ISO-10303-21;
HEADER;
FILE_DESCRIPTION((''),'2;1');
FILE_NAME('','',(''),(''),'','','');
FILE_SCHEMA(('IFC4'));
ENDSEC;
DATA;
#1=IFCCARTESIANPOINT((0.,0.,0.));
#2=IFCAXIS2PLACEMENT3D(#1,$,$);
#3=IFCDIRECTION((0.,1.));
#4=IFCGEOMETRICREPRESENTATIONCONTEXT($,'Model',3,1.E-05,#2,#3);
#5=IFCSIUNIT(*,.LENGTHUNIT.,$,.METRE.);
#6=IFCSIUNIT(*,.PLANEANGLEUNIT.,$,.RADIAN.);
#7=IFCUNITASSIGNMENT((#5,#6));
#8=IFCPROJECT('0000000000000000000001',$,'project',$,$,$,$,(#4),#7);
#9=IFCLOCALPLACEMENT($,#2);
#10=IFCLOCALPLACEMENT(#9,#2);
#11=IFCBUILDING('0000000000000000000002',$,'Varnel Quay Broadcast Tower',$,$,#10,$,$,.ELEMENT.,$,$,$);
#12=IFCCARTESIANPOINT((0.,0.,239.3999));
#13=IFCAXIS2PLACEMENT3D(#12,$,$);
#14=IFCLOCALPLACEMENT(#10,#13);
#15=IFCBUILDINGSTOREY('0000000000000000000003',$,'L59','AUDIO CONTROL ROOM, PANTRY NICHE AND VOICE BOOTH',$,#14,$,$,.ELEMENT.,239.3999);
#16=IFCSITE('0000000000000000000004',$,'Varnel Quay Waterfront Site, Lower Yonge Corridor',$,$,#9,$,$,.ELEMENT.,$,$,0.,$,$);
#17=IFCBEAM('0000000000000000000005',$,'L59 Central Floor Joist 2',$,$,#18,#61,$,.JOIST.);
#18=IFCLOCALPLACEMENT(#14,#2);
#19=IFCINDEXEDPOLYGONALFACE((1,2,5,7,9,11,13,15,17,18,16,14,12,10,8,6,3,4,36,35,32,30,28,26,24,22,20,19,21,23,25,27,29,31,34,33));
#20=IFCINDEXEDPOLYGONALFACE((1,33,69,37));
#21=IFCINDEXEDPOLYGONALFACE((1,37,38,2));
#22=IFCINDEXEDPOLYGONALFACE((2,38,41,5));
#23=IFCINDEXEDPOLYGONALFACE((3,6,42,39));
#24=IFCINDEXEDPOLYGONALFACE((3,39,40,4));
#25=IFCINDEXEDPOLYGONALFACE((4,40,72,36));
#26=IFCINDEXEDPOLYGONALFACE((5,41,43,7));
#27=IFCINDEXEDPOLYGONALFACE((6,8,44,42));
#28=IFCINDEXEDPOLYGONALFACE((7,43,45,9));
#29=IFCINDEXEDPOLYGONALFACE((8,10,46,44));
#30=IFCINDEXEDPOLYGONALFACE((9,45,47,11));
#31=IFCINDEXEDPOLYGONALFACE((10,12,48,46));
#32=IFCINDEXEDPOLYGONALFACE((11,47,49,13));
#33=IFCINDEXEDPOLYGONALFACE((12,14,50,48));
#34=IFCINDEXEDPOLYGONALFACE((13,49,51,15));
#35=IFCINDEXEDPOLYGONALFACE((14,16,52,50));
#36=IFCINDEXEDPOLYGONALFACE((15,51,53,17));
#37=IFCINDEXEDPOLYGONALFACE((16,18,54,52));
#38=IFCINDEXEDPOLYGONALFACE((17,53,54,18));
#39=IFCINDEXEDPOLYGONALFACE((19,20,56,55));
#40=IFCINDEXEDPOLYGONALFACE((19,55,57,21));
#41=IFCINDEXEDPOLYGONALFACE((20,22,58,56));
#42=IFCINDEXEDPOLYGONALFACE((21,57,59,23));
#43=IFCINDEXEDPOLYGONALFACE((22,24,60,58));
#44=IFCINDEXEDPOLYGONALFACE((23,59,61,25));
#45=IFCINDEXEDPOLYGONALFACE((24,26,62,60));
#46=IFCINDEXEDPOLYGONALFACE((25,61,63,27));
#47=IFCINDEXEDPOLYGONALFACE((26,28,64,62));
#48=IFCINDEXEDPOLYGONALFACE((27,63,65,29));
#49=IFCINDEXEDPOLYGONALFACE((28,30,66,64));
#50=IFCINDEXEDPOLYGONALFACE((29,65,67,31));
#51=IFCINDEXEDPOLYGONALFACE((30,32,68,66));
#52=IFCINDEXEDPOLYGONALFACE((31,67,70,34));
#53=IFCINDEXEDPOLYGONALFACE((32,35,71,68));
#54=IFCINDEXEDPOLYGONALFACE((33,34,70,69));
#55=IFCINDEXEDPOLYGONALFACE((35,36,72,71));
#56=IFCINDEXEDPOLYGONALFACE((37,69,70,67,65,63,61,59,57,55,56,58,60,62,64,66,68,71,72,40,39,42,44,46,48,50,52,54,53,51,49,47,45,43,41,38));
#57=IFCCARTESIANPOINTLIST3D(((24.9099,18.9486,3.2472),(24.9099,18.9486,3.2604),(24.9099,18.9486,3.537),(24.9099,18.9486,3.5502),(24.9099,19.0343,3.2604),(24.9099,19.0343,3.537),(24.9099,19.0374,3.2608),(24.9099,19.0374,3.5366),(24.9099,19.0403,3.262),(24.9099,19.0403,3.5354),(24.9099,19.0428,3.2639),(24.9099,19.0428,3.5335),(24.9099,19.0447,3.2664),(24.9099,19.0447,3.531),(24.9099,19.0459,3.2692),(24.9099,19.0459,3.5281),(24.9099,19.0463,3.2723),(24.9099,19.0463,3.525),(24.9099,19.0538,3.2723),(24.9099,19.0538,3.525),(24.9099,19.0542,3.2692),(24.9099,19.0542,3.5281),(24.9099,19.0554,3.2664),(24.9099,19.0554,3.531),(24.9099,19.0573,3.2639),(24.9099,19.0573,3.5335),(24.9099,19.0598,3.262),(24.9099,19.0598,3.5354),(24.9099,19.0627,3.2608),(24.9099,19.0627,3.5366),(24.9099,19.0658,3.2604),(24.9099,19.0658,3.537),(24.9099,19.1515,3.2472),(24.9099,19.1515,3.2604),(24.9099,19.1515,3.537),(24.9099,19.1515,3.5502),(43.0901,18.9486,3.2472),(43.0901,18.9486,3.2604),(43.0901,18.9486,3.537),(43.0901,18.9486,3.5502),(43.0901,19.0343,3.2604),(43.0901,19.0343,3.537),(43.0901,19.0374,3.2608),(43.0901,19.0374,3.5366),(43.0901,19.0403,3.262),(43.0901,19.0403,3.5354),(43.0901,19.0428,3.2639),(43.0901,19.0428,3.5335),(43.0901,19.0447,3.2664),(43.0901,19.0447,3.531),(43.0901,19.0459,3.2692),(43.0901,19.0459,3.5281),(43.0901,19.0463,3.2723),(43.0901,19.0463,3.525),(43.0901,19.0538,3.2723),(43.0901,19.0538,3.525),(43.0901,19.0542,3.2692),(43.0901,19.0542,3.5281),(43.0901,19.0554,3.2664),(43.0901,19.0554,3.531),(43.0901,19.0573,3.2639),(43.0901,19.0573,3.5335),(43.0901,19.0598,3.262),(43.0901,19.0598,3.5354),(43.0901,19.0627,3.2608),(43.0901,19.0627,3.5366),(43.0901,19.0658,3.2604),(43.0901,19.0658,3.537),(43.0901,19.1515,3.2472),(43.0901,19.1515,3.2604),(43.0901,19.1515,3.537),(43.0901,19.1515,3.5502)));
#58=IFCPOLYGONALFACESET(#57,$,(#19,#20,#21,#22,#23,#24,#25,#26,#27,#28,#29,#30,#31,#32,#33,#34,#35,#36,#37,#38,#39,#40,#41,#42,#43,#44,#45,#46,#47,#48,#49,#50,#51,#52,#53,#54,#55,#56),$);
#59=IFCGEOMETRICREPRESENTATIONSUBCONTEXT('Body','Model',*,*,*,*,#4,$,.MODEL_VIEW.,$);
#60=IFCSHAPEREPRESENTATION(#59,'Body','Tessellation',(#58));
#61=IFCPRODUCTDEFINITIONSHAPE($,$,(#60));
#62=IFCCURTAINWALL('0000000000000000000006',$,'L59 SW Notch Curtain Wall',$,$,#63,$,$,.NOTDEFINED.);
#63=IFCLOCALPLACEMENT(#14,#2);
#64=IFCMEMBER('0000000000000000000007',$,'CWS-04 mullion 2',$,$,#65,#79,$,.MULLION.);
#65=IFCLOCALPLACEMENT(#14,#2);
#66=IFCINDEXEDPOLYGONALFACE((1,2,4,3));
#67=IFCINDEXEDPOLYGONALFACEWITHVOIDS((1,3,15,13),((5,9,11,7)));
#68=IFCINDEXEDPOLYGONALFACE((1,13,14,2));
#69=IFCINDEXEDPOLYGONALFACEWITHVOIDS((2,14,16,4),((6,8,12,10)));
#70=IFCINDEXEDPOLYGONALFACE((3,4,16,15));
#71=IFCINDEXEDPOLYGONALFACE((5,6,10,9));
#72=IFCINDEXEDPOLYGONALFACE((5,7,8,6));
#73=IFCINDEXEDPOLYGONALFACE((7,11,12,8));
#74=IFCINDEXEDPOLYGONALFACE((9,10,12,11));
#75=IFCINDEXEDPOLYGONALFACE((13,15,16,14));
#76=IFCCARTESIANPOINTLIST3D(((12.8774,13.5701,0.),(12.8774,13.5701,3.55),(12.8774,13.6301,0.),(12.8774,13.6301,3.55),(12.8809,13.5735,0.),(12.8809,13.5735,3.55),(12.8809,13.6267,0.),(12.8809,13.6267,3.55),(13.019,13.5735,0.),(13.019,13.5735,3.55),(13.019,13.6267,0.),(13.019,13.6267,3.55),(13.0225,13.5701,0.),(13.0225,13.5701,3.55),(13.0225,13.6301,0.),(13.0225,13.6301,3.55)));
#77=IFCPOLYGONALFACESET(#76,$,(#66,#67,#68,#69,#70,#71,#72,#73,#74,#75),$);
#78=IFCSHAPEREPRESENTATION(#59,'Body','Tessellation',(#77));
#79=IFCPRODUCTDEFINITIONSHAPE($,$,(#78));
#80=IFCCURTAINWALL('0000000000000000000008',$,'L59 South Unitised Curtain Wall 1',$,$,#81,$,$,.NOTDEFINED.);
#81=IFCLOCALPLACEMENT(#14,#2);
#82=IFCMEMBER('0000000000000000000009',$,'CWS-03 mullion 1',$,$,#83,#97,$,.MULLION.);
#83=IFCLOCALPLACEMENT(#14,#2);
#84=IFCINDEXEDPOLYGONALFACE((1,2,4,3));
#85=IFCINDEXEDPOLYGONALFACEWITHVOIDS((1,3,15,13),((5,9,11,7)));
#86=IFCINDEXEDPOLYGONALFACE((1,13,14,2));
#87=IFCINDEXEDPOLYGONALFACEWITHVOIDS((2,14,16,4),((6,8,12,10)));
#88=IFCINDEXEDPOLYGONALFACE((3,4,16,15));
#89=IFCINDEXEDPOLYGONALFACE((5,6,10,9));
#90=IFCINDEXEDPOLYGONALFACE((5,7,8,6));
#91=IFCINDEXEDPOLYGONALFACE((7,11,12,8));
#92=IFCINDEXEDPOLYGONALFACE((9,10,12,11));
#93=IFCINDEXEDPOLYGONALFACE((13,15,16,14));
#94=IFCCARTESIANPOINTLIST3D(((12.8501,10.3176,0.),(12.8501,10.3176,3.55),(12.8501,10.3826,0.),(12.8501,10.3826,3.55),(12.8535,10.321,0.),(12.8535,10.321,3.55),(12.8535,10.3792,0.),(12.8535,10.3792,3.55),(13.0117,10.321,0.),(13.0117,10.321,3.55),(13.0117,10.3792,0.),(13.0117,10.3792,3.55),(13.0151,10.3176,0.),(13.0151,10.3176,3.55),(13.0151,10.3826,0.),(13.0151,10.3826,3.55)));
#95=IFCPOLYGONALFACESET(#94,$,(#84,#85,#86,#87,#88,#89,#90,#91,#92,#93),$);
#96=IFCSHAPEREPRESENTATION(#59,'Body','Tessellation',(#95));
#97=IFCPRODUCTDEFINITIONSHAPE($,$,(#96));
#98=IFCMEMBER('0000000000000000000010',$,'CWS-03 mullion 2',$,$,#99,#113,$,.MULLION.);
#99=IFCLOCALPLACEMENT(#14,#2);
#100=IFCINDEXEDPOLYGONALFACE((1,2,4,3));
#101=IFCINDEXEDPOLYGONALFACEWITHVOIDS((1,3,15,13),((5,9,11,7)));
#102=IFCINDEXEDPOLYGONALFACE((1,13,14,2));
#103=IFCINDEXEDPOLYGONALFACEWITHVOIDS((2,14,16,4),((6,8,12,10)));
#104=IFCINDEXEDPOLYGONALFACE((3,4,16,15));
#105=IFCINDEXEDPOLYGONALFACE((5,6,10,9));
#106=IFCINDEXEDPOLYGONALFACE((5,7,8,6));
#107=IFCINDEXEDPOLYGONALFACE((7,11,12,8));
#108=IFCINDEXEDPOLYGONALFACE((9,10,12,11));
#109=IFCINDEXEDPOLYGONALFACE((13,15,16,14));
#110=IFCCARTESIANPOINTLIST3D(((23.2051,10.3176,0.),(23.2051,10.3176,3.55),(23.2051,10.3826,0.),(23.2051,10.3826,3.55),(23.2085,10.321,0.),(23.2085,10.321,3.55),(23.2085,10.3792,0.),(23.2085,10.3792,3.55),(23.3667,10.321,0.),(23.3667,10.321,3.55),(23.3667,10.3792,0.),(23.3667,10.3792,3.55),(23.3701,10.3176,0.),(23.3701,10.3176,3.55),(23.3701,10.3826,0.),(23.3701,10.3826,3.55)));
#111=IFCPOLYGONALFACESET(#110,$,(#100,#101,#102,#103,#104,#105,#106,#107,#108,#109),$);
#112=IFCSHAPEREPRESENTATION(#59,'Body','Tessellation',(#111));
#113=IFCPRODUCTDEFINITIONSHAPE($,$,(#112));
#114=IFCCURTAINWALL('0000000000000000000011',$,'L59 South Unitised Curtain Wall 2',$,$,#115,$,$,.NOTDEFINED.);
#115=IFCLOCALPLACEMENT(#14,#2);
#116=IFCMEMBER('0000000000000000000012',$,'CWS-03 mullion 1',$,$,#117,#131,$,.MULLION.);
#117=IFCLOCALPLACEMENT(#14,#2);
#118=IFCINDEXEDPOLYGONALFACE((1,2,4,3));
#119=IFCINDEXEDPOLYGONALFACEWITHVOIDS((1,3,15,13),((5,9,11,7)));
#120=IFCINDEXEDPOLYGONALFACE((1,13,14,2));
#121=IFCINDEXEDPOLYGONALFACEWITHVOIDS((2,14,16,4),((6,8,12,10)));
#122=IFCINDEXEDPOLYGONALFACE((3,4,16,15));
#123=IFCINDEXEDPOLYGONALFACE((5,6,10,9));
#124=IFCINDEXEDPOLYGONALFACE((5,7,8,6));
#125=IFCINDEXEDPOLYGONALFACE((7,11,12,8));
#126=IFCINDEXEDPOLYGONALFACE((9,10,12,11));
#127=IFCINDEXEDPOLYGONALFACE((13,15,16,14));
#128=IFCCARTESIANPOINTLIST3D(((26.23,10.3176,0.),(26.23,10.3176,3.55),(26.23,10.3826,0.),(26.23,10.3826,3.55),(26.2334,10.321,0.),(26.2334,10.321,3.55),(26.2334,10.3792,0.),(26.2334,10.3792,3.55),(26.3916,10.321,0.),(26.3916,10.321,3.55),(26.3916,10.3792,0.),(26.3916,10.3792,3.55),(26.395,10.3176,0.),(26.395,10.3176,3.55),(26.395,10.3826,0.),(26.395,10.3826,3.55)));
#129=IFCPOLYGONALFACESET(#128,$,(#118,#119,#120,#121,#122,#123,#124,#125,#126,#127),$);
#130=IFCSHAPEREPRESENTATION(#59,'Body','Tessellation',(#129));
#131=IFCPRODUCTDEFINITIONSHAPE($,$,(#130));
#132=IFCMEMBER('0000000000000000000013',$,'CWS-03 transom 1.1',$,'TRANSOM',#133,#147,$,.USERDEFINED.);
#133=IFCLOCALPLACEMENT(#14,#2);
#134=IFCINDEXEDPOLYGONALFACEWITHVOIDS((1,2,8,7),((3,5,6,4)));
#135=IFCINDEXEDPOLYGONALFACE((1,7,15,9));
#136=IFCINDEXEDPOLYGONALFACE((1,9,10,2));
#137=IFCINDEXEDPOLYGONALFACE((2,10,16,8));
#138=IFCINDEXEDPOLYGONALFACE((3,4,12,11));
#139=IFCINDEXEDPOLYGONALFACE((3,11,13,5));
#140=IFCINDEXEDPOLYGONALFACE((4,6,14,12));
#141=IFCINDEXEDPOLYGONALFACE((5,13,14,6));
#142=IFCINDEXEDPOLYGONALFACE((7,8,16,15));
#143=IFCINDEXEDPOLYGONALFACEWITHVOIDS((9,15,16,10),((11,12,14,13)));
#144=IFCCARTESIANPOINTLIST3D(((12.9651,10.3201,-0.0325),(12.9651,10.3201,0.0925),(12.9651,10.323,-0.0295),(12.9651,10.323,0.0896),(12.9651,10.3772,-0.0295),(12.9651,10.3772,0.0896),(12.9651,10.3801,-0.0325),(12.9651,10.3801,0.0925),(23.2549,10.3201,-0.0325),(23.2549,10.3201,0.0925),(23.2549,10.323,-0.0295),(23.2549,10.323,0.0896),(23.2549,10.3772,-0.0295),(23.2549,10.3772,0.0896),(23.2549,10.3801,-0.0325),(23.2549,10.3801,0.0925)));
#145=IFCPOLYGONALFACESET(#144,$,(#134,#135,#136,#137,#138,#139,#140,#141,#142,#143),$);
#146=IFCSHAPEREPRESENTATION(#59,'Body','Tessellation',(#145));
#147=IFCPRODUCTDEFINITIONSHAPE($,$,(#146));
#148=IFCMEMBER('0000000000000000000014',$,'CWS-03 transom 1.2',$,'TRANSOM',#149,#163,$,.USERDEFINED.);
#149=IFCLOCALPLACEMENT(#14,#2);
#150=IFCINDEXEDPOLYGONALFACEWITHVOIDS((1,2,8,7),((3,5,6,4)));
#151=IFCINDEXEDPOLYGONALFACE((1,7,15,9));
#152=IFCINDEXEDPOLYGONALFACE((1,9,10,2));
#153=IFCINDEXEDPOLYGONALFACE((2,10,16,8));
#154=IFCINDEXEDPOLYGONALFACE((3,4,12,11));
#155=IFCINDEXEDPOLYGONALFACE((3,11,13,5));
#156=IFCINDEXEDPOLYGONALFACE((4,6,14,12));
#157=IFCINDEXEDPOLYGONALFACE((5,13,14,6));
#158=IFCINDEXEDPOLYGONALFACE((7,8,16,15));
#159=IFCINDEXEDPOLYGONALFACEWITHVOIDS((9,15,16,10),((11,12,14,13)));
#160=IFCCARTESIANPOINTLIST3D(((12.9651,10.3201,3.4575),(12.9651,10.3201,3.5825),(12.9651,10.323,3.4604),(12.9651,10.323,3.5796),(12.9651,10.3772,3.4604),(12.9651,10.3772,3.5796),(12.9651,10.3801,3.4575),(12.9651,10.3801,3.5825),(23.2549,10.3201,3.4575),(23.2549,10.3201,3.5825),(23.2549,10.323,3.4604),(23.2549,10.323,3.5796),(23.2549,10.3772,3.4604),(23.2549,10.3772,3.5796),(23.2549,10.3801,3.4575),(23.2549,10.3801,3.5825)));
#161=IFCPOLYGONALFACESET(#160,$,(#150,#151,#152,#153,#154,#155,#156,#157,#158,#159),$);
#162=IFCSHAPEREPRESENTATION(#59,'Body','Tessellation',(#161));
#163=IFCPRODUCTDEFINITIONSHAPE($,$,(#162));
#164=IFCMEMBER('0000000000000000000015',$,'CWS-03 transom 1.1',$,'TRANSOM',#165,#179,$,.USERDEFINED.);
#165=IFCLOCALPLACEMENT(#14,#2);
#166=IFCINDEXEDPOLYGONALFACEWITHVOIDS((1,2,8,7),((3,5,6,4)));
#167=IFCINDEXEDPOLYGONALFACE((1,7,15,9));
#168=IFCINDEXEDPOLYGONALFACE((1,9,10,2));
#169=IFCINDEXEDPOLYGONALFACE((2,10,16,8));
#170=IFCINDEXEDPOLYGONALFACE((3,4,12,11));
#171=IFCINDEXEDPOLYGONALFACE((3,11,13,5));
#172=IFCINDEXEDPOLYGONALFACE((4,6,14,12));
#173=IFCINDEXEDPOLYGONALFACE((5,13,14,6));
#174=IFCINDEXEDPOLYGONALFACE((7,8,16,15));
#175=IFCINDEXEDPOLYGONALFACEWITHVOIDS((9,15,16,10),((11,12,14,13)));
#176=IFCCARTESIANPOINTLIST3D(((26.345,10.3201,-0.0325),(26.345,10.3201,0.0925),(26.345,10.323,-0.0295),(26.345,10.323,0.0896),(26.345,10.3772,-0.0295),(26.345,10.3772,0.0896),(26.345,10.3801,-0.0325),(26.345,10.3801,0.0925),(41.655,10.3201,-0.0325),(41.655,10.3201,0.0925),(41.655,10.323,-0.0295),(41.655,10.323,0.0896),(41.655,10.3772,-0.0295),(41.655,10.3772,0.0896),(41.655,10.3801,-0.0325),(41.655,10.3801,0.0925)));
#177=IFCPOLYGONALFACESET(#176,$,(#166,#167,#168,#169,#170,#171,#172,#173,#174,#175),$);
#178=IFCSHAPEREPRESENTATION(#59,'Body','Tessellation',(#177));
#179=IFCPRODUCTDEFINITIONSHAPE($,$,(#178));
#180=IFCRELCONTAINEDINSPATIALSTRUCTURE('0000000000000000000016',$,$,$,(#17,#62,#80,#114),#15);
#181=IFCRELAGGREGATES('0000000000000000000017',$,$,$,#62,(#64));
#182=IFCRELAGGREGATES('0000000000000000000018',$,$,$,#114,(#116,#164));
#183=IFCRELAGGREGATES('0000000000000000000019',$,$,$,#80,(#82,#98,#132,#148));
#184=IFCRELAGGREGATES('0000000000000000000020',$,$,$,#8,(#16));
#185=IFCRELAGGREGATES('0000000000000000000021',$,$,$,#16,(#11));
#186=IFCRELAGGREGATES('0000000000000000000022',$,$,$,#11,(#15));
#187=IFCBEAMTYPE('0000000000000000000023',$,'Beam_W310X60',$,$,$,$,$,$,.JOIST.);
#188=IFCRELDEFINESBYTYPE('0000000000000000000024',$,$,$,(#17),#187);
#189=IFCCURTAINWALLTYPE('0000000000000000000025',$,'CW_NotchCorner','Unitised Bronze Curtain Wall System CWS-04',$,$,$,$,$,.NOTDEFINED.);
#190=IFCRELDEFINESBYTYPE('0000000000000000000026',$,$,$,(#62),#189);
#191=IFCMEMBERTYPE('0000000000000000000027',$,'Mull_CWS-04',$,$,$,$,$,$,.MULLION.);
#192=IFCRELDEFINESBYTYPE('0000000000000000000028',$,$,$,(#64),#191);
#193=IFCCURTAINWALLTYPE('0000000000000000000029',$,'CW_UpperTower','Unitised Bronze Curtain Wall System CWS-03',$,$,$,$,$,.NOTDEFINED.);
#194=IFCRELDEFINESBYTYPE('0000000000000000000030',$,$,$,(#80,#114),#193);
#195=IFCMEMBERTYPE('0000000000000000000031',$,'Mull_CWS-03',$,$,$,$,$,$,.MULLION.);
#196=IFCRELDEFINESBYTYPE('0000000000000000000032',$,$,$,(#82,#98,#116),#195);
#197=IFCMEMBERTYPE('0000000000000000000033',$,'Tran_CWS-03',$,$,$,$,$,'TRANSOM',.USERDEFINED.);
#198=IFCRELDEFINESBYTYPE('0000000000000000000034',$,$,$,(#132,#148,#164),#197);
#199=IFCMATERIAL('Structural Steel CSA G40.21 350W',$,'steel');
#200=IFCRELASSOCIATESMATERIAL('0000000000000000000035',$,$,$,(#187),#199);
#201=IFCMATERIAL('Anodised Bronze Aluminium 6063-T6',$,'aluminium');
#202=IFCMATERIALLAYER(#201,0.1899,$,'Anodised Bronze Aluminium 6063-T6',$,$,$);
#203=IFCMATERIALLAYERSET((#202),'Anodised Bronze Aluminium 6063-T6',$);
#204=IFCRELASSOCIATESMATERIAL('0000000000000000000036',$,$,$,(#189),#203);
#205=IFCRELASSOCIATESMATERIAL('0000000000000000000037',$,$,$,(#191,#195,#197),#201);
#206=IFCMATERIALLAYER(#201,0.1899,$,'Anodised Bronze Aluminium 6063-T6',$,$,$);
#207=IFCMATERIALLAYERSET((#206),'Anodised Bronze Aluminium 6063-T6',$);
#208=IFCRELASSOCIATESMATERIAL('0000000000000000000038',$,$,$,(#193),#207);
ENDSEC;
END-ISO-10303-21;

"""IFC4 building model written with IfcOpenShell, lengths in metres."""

from ifc_helpers import new_model, si_unit, direction, frame, origin, origin_2d, place, context, subcontext, project, spatial, hollow_rectangle, i_section, extrude, source, transform, mapped, material, layer, layer_set, material_profile, profile_set, type_object, type_shapes, element, aggregate, save


model = new_model("IFC4")

# Units and contexts
model_context = context("Model", 3, precision=1e-05, world=origin(), true_north=direction((0.0, 1.0)))
body_context = subcontext(model_context, "Body", "Model", "MODEL_VIEW")
ifc_project = project(units=[si_unit("LENGTHUNIT", "METRE"), si_unit("PLANEANGLEUNIT", "RADIAN")], contexts=[model_context])

# Site, building, storey
site_placement = place(None, origin())
site = spatial("IfcSite", under=ifc_project, at=site_placement, Name="Varnel Quay Waterfront Site, Lower Yonge Corridor", CompositionType="ELEMENT", RefElevation=0.0)
building_placement = place(site_placement, origin())
building = spatial("IfcBuilding", under=site, at=building_placement, Name="Varnel Quay Broadcast Tower", CompositionType="ELEMENT")
storey_placement = place(building_placement, frame((0.0, 0.0, 239.3999)))
storey = spatial("IfcBuildingStorey", under=building, at=storey_placement, Name="L59", Description="AUDIO CONTROL ROOM, PANTRY NICHE AND VOICE BOOTH", CompositionType="ELEMENT", Elevation=239.3999)

# Shared definitions
ifc_material_1 = material(Name="Structural Steel CSA G40.21 350W", Category="steel")

# Beam
ifc_material_profile_1 = material_profile(ifc_material_1, i_section(OverallWidth=0.2029, OverallDepth=0.303, WebThickness=0.0076, FlangeThickness=0.0132, FilletRadius=0.012, at=origin_2d()), Name="W310X60")
ifc_profile_set_1 = profile_set([ifc_material_profile_1], Name="Structural Steel CSA G40.21 350W")
beam_type_1 = type_object("IfcBeamType", Name="Beam_W310X60", PredefinedType="JOIST", material=ifc_profile_set_1)
shared_shape_1 = source(origin(), body_context, "Body", "SweptSolid", [
    extrude(i_section(OverallWidth=0.2029, OverallDepth=0.303, WebThickness=0.0076, FlangeThickness=0.0132, FilletRadius=0.012, at=origin_2d()), origin(), (0.0, 0.0, 1.0), 18.1802),
])
type_shapes(beam_type_1, [shared_shape_1])
beam_1_placement = place(storey_placement, frame((24.9099, 19.05, 3.3987), z_axis=(1.0, 0.0, 0.0), x_axis=(0.0, 1.0, 0.0)))
element("IfcBeam", 1, at=beam_1_placement, inside=storey, type_object=beam_type_1, Name="L59 Central Floor Joist 2", PredefinedType="JOIST", context=body_context, shape_type="MappedRepresentation", body=[
    mapped(shared_shape_1, transform((0.0, 0.0, 0.0), x_axis=(1.0, 0.0, 0.0), y_axis=(0.0, 1.0, 0.0), z_axis=(0.0, 0.0, 1.0), scale=1.0)),
])

# Curtain wall, member
ifc_material_2 = material(Name="Anodised Bronze Aluminium 6063-T6", Category="aluminium")
ifc_layer_1 = layer(ifc_material_2, 0.1899, Name="Anodised Bronze Aluminium 6063-T6")
ifc_layer_set_1 = layer_set([ifc_layer_1], Name="Anodised Bronze Aluminium 6063-T6")
curtain_wall_type_1 = type_object("IfcCurtainWallType", Name="CW_NotchCorner", Description="Unitised Bronze Curtain Wall System CWS-04", PredefinedType="NOTDEFINED", material=ifc_layer_set_1)
curtain_wall_1_placement = place(storey_placement, origin())
curtain_wall_1 = element("IfcCurtainWall", 2, at=curtain_wall_1_placement, inside=storey, type_object=curtain_wall_type_1, Name="L59 SW Notch Curtain Wall", PredefinedType="NOTDEFINED")
ifc_material_profile_2 = material_profile(ifc_material_2, hollow_rectangle(XDim=0.0601, YDim=0.145, WallThickness=0.0034, at=origin_2d()), Name="ALU60X145X3.5")
ifc_profile_set_2 = profile_set([ifc_material_profile_2], Name="Anodised Bronze Aluminium 6063-T6")
member_type_1 = type_object("IfcMemberType", Name="Mull_CWS-04", PredefinedType="MULLION", material=ifc_profile_set_2)
shared_shape_2 = source(origin(), body_context, "Body", "SweptSolid", [
    extrude(hollow_rectangle(XDim=0.0601, YDim=0.145, WallThickness=0.0034, at=origin_2d()), origin(), (0.0, 0.0, 1.0), 3.55),
])
type_shapes(member_type_1, [shared_shape_2])
member_1_placement = place(storey_placement, frame((12.95, 13.6001, 0.0), z_axis=(0.0, 0.0, 1.0), x_axis=(0.0, 1.0, 0.0)))
member_1 = element("IfcMember", 3, at=member_1_placement, type_object=member_type_1, Name="CWS-04 mullion 2", PredefinedType="MULLION", context=body_context, shape_type="MappedRepresentation", body=[
    mapped(shared_shape_2, transform((0.0, 0.0, 0.0), x_axis=(1.0, 0.0, 0.0), y_axis=(0.0, 1.0, 0.0), z_axis=(0.0, 0.0, 1.0), scale=1.0)),
])
aggregate(curtain_wall_1, [member_1])

# Curtain wall, members
ifc_layer_2 = layer(ifc_material_2, 0.1899, Name="Anodised Bronze Aluminium 6063-T6")
ifc_layer_set_2 = layer_set([ifc_layer_2], Name="Anodised Bronze Aluminium 6063-T6")
curtain_wall_type_2 = type_object("IfcCurtainWallType", Name="CW_UpperTower", Description="Unitised Bronze Curtain Wall System CWS-03", PredefinedType="NOTDEFINED", material=ifc_layer_set_2)
curtain_wall_2_placement = place(storey_placement, origin())
curtain_wall_2 = element("IfcCurtainWall", 4, at=curtain_wall_2_placement, inside=storey, type_object=curtain_wall_type_2, Name="L59 South Unitised Curtain Wall 1", PredefinedType="NOTDEFINED")
ifc_material_profile_3 = material_profile(ifc_material_2, hollow_rectangle(XDim=0.0649, YDim=0.165, WallThickness=0.0034, at=origin_2d()), Name="ALU65X165X3.5")
ifc_profile_set_3 = profile_set([ifc_material_profile_3], Name="Anodised Bronze Aluminium 6063-T6")
member_type_2 = type_object("IfcMemberType", Name="Mull_CWS-03", PredefinedType="MULLION", material=ifc_profile_set_3)
shared_shape_3 = source(origin(), body_context, "Body", "SweptSolid", [
    extrude(hollow_rectangle(XDim=0.0649, YDim=0.165, WallThickness=0.0034, at=origin_2d()), origin(), (0.0, 0.0, 1.0), 3.55),
])
type_shapes(member_type_2, [shared_shape_3])
member_2_placement = place(storey_placement, frame((12.9326, 10.3501, 0.0), z_axis=(0.0, 0.0, 1.0), x_axis=(0.0, 1.0, 0.0)))
member_2 = element("IfcMember", 5, at=member_2_placement, type_object=member_type_2, Name="CWS-03 mullion 1", PredefinedType="MULLION", context=body_context, shape_type="MappedRepresentation", body=[
    mapped(shared_shape_3, transform((0.0, 0.0, 0.0), x_axis=(1.0, 0.0, 0.0), y_axis=(0.0, 1.0, 0.0), z_axis=(0.0, 0.0, 1.0), scale=1.0)),
])
member_3_placement = place(storey_placement, frame((23.2876, 10.3501, 0.0), z_axis=(0.0, 0.0, 1.0), x_axis=(0.0, 1.0, 0.0)))
member_3 = element("IfcMember", 6, at=member_3_placement, type_object=member_type_2, Name="CWS-03 mullion 2", PredefinedType="MULLION", context=body_context, shape_type="MappedRepresentation", body=[
    mapped(shared_shape_3, transform((0.0, 0.0, 0.0), x_axis=(1.0, 0.0, 0.0), y_axis=(0.0, 1.0, 0.0), z_axis=(0.0, 0.0, 1.0), scale=1.0)),
])

# Curtain wall, member
curtain_wall_3_placement = place(storey_placement, origin())
curtain_wall_3 = element("IfcCurtainWall", 7, at=curtain_wall_3_placement, inside=storey, type_object=curtain_wall_type_2, Name="L59 South Unitised Curtain Wall 2", PredefinedType="NOTDEFINED")
member_4_placement = place(storey_placement, frame((26.3125, 10.3501, 0.0), z_axis=(0.0, 0.0, 1.0), x_axis=(0.0, 1.0, 0.0)))
member_4 = element("IfcMember", 8, at=member_4_placement, type_object=member_type_2, Name="CWS-03 mullion 1", PredefinedType="MULLION", context=body_context, shape_type="MappedRepresentation", body=[
    mapped(shared_shape_3, transform((0.0, 0.0, 0.0), x_axis=(1.0, 0.0, 0.0), y_axis=(0.0, 1.0, 0.0), z_axis=(0.0, 0.0, 1.0), scale=1.0)),
])

# Members
ifc_material_profile_4 = material_profile(ifc_material_2, hollow_rectangle(XDim=0.0601, YDim=0.125, WallThickness=0.0029, at=origin_2d()), Name="ALU60X125X3")
ifc_profile_set_4 = profile_set([ifc_material_profile_4], Name="Anodised Bronze Aluminium 6063-T6")
member_type_3 = type_object("IfcMemberType", Name="Tran_CWS-03", ElementType="TRANSOM", PredefinedType="USERDEFINED", material=ifc_profile_set_4)
shared_shape_4 = source(origin(), body_context, "Body", "SweptSolid", [
    extrude(hollow_rectangle(XDim=0.0601, YDim=0.125, WallThickness=0.0029, at=origin_2d()), origin(), (0.0, 0.0, 1.0), 10.2898),
])
member_5_placement = place(storey_placement, frame((12.9651, 10.3501, 0.03), z_axis=(1.0, 0.0, 0.0), x_axis=(0.0, 1.0, 0.0)))
member_5 = element("IfcMember", 9, at=member_5_placement, type_object=member_type_3, Name="CWS-03 transom 1.1", ObjectType="TRANSOM", PredefinedType="USERDEFINED", context=body_context, shape_type="MappedRepresentation", body=[
    mapped(shared_shape_4, transform((0.0, 0.0, 0.0), x_axis=(1.0, 0.0, 0.0), y_axis=(0.0, 1.0, 0.0), z_axis=(0.0, 0.0, 1.0), scale=1.0)),
])
member_6_placement = place(storey_placement, frame((12.9651, 10.3501, 3.52), z_axis=(1.0, 0.0, 0.0), x_axis=(0.0, 1.0, 0.0)))
member_6 = element("IfcMember", 10, at=member_6_placement, type_object=member_type_3, Name="CWS-03 transom 1.2", ObjectType="TRANSOM", PredefinedType="USERDEFINED", context=body_context, shape_type="MappedRepresentation", body=[
    mapped(shared_shape_4, transform((0.0, 0.0, 0.0), x_axis=(1.0, 0.0, 0.0), y_axis=(0.0, 1.0, 0.0), z_axis=(0.0, 0.0, 1.0), scale=1.0)),
])
shared_shape_5 = source(origin(), body_context, "Body", "SweptSolid", [
    extrude(hollow_rectangle(XDim=0.0601, YDim=0.125, WallThickness=0.0029, at=origin_2d()), origin(), (0.0, 0.0, 1.0), 15.3101),
])
type_shapes(member_type_3, [shared_shape_4, shared_shape_5])
member_7_placement = place(storey_placement, frame((26.345, 10.3501, 0.03), z_axis=(1.0, 0.0, 0.0), x_axis=(0.0, 1.0, 0.0)))
member_7 = element("IfcMember", 11, at=member_7_placement, type_object=member_type_3, Name="CWS-03 transom 1.1", ObjectType="TRANSOM", PredefinedType="USERDEFINED", context=body_context, shape_type="MappedRepresentation", body=[
    mapped(shared_shape_5, transform((0.0, 0.0, 0.0), x_axis=(1.0, 0.0, 0.0), y_axis=(0.0, 1.0, 0.0), z_axis=(0.0, 0.0, 1.0), scale=1.0)),
])
aggregate(curtain_wall_3, [member_4, member_7])

aggregate(curtain_wall_2, [member_2, member_3, member_5, member_6])

save(model, "model.ifc")
